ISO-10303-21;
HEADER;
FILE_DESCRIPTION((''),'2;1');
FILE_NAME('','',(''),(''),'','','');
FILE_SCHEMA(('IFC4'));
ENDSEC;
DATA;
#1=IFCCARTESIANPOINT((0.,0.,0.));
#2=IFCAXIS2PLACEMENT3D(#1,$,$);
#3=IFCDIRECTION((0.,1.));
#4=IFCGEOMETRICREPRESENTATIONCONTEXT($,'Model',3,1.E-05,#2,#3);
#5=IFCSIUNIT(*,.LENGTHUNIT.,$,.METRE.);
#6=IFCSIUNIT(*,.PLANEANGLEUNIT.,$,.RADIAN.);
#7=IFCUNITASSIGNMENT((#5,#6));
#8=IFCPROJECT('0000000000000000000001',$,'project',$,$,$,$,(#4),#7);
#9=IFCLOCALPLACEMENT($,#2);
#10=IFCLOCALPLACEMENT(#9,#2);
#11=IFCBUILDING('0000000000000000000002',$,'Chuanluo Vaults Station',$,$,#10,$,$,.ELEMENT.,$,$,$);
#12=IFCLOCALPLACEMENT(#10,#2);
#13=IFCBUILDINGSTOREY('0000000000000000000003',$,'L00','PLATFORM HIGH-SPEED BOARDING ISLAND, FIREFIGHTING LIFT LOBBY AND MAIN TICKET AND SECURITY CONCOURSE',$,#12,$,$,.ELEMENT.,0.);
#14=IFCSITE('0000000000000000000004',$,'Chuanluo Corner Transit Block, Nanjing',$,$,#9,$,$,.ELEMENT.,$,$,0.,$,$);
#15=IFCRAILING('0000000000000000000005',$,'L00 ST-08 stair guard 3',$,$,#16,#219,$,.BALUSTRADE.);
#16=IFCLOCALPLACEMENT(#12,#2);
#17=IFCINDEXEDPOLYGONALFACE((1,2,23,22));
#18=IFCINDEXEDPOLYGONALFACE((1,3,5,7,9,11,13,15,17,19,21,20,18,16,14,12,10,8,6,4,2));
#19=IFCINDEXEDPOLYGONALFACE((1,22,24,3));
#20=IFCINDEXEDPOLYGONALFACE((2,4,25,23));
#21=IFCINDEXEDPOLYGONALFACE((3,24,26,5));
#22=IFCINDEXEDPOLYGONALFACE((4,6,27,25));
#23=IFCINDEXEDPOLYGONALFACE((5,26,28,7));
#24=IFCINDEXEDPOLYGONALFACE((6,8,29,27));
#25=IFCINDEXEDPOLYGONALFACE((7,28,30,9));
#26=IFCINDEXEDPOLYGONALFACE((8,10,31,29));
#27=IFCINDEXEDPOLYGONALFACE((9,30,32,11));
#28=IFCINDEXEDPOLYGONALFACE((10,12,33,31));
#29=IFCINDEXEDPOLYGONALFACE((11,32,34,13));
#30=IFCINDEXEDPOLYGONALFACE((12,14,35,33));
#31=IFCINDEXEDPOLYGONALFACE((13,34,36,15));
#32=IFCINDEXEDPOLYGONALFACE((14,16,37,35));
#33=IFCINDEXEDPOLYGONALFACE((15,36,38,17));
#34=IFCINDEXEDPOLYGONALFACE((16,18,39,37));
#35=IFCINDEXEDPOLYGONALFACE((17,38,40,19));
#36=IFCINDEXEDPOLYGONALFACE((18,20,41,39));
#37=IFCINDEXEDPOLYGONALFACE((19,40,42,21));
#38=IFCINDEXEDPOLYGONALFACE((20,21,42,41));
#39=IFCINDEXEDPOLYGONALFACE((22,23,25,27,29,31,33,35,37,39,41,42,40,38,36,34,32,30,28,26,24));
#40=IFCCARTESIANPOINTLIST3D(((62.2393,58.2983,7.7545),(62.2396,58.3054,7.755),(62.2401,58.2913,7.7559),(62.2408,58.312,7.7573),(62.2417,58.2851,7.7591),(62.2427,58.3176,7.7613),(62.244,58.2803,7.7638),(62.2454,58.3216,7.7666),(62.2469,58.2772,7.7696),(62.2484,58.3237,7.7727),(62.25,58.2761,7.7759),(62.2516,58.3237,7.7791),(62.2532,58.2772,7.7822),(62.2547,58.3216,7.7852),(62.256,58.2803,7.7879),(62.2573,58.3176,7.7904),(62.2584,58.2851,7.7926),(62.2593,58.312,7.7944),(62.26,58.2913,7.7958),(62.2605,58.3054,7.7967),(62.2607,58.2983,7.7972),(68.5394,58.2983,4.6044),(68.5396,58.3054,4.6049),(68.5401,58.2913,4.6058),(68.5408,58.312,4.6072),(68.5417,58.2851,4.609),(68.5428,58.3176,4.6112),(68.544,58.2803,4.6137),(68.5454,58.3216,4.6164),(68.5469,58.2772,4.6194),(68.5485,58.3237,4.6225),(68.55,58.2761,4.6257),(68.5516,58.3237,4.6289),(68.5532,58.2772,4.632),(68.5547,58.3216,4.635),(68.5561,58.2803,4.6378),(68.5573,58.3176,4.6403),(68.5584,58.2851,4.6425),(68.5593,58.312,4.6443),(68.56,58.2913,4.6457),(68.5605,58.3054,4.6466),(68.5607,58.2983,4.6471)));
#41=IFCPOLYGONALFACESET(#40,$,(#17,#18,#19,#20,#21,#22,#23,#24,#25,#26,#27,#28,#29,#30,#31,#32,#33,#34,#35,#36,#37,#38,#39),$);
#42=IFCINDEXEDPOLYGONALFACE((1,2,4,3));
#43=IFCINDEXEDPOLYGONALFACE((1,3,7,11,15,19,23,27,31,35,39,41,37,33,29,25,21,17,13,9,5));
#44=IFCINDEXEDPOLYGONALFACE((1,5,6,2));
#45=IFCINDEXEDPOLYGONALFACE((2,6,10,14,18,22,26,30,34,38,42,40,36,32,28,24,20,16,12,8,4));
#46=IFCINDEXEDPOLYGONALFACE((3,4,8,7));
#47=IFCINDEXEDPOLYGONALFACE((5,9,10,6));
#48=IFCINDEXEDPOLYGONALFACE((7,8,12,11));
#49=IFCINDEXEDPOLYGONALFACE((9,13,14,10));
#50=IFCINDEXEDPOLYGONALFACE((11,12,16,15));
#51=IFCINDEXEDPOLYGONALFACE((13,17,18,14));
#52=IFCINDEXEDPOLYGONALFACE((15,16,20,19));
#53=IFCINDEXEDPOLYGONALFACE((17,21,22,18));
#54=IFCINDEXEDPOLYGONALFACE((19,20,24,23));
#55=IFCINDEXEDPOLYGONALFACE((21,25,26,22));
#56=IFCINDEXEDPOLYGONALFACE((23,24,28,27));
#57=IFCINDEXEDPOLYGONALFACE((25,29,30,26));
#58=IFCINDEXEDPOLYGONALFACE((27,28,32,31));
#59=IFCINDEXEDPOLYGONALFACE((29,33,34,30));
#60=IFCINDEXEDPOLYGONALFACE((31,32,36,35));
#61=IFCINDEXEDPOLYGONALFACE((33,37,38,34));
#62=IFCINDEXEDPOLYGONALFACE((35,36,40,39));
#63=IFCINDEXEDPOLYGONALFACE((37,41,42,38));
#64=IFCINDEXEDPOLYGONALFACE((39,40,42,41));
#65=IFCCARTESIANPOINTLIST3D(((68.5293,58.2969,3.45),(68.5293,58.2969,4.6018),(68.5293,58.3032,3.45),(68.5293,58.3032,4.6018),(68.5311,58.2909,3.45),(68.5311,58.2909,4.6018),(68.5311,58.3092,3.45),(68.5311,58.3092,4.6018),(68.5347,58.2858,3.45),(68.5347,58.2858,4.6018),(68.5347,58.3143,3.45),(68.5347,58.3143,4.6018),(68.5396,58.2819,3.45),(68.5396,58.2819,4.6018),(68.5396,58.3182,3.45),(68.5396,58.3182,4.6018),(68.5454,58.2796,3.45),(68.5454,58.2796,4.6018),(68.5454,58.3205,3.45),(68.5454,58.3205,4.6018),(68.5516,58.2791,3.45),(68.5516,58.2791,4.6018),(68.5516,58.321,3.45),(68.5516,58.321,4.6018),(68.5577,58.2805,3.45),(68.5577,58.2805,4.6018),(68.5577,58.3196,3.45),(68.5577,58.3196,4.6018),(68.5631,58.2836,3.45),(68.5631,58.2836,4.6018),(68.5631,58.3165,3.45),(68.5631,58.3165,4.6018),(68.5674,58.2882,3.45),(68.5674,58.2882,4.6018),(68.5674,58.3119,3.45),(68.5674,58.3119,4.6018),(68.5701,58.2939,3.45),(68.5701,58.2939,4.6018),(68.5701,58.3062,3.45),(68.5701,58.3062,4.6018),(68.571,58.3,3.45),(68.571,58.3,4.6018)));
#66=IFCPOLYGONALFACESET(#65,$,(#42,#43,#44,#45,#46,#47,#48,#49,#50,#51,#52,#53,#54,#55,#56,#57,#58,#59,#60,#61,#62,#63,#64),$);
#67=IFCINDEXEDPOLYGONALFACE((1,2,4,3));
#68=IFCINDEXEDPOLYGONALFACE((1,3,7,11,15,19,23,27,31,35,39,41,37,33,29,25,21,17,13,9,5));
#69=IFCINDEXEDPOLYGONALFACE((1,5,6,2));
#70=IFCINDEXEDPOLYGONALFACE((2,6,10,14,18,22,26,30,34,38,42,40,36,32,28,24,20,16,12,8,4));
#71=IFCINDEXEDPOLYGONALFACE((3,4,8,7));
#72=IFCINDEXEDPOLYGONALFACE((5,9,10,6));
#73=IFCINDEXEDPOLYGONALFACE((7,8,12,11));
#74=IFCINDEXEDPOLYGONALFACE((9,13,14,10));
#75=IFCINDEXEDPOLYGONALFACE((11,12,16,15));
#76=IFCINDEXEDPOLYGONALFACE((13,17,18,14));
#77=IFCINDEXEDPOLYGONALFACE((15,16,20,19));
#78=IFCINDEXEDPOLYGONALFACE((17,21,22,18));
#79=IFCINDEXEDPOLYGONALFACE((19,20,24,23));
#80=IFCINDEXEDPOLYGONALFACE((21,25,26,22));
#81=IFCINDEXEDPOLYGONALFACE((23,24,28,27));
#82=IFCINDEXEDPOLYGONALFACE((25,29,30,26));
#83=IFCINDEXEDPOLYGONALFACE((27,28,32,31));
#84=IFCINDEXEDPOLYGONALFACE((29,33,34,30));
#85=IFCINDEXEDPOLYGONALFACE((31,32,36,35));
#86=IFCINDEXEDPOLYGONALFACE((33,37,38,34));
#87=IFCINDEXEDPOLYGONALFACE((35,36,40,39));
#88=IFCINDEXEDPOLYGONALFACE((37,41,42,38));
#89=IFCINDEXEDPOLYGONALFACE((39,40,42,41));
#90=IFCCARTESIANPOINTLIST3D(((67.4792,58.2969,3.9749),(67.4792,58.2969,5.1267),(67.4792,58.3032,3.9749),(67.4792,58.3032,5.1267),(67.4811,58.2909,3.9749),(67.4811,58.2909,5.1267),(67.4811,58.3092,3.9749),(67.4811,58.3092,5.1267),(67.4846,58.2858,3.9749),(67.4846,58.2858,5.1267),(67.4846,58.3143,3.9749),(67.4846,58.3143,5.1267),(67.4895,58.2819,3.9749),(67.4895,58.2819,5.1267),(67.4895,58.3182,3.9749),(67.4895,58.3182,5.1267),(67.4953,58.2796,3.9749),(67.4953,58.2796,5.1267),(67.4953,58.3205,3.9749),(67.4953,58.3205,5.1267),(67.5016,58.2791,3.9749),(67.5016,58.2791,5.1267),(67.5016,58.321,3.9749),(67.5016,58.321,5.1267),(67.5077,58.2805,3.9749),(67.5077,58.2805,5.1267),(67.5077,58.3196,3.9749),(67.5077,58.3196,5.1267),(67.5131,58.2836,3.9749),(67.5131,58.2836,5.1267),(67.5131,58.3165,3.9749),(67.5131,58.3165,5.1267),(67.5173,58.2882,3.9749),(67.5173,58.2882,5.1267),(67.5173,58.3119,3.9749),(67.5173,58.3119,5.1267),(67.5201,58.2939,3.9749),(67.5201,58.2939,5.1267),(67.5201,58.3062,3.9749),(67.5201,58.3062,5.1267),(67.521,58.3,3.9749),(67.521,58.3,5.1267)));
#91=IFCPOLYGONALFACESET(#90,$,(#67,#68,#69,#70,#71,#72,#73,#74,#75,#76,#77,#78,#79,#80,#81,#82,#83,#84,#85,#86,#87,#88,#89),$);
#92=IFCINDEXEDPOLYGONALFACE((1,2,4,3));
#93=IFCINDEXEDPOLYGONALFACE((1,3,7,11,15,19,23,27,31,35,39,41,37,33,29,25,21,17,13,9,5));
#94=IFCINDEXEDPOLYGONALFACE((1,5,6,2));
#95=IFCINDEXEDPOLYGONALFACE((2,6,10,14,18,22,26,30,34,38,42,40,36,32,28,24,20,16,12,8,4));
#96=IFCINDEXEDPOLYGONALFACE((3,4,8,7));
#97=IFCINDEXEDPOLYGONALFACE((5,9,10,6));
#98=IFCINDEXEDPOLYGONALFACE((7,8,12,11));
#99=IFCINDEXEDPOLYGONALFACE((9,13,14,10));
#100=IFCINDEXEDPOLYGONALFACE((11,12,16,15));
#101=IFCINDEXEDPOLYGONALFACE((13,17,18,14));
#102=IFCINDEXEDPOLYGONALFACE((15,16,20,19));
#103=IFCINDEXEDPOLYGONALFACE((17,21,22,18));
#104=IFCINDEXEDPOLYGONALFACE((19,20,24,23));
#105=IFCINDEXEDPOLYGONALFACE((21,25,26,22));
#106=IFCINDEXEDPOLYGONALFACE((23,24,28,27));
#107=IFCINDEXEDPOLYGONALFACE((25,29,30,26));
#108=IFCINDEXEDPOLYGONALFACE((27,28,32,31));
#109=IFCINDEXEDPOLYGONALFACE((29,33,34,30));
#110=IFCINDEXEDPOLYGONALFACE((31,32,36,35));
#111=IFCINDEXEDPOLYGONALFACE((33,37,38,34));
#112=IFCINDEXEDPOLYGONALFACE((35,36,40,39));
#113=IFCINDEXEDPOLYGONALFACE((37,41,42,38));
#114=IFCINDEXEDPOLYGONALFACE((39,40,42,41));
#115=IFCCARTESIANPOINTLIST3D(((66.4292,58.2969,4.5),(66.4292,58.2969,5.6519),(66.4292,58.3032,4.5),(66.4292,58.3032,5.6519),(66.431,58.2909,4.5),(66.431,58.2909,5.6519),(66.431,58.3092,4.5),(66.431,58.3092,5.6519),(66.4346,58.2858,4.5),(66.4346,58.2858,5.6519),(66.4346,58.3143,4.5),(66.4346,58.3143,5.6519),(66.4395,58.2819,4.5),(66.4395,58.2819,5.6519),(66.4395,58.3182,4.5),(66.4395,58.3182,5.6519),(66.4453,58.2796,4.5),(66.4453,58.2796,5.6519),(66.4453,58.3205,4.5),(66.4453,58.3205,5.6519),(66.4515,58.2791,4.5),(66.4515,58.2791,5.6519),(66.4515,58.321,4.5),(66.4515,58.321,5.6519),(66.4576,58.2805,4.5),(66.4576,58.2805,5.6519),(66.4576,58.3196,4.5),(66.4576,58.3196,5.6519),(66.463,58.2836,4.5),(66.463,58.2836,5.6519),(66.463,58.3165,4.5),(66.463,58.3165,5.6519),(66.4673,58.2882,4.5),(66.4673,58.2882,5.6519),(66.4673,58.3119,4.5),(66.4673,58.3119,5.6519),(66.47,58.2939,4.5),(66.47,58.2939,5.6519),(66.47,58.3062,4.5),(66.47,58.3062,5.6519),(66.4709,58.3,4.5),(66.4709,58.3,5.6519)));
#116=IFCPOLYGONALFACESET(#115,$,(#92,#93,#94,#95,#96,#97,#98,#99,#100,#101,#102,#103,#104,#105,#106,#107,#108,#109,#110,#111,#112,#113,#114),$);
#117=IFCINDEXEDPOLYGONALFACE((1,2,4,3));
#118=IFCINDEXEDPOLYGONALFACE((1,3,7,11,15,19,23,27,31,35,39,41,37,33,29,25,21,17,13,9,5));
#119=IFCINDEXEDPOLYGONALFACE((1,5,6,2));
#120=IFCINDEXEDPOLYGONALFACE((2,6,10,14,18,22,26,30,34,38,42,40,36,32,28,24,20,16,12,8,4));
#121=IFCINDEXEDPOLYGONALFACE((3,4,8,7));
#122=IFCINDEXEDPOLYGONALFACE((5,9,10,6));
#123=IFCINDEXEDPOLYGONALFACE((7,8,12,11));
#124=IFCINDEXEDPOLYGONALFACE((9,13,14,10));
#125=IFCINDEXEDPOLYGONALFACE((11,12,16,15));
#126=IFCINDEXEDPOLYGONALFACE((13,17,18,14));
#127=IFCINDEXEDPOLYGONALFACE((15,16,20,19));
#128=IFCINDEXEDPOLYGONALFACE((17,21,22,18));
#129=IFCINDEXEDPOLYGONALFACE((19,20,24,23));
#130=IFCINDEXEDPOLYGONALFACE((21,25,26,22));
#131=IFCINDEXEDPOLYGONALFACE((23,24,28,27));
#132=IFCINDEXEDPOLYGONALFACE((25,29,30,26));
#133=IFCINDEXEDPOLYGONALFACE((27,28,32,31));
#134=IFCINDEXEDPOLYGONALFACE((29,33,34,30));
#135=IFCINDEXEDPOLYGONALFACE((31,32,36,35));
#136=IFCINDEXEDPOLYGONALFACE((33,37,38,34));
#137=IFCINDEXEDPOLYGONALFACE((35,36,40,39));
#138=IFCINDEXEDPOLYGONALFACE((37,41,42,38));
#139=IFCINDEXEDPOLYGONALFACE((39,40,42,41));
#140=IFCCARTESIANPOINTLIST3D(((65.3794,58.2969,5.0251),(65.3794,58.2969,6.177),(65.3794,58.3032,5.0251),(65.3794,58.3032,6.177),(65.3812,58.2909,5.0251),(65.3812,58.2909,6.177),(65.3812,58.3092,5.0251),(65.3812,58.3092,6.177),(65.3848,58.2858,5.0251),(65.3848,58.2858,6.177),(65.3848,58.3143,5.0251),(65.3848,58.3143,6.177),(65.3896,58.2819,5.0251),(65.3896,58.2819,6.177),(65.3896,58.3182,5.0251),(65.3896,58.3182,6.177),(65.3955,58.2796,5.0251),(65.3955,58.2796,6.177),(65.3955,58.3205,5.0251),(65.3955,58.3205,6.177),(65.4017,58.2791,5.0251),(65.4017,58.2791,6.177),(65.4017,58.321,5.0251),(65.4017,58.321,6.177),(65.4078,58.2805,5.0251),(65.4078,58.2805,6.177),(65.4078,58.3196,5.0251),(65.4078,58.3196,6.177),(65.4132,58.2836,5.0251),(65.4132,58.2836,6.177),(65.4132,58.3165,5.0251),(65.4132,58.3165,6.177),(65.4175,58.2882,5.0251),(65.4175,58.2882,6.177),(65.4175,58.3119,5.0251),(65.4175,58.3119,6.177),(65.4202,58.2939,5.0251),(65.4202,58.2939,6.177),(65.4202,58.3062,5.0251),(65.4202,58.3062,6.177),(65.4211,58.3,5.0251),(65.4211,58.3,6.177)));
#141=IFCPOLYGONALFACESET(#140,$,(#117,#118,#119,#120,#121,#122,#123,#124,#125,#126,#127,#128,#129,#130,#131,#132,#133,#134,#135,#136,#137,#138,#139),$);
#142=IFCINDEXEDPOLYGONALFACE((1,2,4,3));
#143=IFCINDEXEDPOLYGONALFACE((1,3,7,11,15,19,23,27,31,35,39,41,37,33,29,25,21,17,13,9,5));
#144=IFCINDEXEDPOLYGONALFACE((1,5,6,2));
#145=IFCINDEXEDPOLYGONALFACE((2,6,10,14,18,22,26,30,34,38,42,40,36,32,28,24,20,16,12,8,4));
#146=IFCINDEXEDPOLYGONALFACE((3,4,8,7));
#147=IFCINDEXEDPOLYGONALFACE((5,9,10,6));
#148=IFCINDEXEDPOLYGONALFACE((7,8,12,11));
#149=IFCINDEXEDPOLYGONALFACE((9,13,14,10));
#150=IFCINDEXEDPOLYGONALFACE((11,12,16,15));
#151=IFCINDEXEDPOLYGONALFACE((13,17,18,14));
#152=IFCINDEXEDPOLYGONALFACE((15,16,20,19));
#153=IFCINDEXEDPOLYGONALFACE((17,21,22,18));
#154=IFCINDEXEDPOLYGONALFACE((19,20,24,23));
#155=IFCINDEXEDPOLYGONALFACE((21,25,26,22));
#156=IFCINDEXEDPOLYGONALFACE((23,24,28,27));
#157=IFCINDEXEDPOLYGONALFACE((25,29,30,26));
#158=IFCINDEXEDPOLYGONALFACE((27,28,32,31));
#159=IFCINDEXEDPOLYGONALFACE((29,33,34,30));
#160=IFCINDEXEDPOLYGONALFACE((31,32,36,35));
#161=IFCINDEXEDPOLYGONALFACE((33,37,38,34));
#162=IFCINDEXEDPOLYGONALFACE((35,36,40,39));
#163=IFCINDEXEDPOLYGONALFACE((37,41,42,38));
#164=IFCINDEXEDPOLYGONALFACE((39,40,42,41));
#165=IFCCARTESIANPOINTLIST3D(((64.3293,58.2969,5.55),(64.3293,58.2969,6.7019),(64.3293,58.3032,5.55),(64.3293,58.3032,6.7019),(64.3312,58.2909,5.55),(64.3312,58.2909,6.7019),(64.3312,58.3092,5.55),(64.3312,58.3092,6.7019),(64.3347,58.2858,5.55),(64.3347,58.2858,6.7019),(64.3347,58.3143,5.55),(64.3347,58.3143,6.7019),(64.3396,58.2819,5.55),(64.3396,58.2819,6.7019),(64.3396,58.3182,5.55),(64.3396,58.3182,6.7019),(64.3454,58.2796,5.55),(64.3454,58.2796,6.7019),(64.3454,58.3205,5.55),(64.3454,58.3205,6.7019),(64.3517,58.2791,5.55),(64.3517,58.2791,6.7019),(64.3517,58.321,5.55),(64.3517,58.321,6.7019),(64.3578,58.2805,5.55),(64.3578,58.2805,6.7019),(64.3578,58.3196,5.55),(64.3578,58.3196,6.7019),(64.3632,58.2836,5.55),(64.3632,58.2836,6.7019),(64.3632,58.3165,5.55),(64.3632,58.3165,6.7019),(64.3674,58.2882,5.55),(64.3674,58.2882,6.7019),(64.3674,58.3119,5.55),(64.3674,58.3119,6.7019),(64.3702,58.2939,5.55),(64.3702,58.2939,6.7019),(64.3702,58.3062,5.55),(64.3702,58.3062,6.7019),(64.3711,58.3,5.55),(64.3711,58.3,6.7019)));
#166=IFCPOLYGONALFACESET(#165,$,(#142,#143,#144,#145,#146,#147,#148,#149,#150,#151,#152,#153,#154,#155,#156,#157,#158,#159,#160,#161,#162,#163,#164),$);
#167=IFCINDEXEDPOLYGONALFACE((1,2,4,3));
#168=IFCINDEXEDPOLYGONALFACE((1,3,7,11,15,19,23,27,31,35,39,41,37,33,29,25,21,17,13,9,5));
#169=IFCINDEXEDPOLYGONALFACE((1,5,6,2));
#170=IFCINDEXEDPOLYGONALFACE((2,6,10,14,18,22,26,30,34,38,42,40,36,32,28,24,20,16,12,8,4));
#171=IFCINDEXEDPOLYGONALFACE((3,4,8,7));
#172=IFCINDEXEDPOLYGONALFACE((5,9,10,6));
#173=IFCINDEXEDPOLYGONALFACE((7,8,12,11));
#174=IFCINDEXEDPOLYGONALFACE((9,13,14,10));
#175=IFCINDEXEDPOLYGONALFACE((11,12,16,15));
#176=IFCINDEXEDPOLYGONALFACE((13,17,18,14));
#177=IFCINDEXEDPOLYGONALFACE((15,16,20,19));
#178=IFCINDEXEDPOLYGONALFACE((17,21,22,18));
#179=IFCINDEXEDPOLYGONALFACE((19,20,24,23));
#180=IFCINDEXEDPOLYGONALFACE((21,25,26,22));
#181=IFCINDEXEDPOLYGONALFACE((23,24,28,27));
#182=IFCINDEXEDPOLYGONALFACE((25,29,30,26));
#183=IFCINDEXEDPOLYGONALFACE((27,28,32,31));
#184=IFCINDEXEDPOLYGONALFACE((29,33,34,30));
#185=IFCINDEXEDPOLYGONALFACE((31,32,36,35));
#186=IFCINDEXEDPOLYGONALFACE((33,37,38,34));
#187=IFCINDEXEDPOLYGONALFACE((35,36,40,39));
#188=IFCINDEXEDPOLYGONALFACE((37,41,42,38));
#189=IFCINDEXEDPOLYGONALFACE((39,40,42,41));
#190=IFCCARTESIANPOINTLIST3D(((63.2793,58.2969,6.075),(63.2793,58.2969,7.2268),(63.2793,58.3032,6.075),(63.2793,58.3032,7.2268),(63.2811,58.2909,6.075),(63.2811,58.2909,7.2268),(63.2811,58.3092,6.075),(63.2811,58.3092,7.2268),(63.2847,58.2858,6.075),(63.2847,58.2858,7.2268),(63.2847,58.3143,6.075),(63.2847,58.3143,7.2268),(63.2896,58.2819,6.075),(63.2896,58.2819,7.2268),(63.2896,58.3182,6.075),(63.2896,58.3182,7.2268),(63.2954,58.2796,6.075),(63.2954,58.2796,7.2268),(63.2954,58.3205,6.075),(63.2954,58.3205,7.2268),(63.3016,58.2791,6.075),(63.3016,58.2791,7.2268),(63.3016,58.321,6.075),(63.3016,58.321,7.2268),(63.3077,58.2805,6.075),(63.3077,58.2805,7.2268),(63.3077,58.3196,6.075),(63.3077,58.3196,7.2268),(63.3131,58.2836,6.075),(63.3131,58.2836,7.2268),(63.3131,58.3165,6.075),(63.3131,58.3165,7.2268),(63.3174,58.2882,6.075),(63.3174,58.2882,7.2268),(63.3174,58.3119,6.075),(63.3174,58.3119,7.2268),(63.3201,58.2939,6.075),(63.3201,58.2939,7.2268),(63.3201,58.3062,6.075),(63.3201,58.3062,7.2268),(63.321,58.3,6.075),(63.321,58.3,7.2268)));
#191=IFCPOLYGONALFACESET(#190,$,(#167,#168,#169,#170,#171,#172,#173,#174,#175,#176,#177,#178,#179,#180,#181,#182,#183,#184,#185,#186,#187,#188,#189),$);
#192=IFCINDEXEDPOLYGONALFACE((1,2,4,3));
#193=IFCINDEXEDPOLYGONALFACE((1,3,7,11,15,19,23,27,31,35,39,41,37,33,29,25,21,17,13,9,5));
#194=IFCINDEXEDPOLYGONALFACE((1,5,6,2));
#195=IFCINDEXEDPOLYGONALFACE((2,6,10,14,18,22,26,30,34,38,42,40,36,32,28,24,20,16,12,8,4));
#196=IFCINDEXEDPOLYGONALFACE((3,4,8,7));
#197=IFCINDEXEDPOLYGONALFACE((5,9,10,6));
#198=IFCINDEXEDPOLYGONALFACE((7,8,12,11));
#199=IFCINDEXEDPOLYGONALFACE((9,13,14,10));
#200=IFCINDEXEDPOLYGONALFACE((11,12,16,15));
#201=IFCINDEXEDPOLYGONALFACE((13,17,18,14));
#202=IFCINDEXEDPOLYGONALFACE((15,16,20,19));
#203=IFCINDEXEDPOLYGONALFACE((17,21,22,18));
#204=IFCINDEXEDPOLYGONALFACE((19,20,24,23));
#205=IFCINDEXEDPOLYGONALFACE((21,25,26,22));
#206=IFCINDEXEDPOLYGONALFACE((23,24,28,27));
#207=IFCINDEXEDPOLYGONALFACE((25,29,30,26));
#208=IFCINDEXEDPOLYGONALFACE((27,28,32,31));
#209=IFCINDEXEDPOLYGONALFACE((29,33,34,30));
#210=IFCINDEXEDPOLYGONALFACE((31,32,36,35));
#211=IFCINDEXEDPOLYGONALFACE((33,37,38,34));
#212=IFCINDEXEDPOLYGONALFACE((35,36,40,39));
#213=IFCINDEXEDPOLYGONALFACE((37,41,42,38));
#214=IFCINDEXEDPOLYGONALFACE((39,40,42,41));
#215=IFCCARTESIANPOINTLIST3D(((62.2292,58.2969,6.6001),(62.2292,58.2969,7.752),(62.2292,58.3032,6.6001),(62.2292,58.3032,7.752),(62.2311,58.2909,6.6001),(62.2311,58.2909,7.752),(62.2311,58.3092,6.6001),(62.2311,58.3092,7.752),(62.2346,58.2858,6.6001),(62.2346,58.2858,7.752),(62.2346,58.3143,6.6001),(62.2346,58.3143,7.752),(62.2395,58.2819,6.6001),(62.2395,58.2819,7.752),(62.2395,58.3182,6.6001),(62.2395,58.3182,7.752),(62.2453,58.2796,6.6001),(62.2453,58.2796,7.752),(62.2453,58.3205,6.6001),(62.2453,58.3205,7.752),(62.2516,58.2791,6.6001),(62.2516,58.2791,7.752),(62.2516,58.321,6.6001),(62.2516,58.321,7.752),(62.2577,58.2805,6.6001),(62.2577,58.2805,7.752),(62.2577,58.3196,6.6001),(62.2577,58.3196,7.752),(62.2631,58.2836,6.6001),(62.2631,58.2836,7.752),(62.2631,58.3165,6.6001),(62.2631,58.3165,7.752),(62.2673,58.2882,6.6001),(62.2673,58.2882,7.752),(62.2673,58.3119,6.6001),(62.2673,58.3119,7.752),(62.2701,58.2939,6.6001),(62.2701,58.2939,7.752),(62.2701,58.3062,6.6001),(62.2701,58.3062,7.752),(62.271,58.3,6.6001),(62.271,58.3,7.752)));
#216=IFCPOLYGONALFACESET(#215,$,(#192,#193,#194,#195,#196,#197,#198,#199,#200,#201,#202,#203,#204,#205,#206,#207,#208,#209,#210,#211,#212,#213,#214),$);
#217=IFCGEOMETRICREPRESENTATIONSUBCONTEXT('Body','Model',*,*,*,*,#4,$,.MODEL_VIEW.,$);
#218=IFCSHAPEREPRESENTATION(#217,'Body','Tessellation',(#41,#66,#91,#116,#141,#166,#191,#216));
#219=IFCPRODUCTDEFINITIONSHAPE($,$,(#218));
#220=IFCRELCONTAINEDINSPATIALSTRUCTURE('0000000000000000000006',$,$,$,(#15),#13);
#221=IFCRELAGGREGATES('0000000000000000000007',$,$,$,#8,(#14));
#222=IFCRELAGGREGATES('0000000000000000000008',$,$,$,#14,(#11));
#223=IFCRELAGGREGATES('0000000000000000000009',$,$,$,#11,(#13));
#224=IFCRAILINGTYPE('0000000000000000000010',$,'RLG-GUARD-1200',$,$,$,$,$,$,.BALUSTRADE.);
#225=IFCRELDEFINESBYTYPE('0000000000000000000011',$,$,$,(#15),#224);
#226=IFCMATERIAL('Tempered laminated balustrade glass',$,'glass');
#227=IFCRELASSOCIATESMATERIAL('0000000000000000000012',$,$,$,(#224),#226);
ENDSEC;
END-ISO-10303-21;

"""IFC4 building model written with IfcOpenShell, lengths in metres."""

from ifc_helpers import new_model, si_unit, direction, frame, origin, origin_2d, place, context, subcontext, project, spatial, circle, extrude, material, type_object, element, save


model = new_model("IFC4")

# Units and contexts
model_context = context("Model", 3, precision=1e-05, world=origin(), true_north=direction((0.0, 1.0)))
body_context = subcontext(model_context, "Body", "Model", "MODEL_VIEW")
ifc_project = project(units=[si_unit("LENGTHUNIT", "METRE"), si_unit("PLANEANGLEUNIT", "RADIAN")], contexts=[model_context])

# Site, building, storey
site_placement = place(None, origin())
site = spatial("IfcSite", under=ifc_project, at=site_placement, Name="Chuanluo Corner Transit Block, Nanjing", CompositionType="ELEMENT", RefElevation=0.0)
building_placement = place(site_placement, origin())
building = spatial("IfcBuilding", under=site, at=building_placement, Name="Chuanluo Vaults Station", CompositionType="ELEMENT")
storey_placement = place(building_placement, origin())
storey = spatial("IfcBuildingStorey", under=building, at=storey_placement, Name="L00", Description="PLATFORM HIGH-SPEED BOARDING ISLAND, FIREFIGHTING LIFT LOBBY AND MAIN TICKET AND SECURITY CONCOURSE", CompositionType="ELEMENT", Elevation=0.0)

# Railing
ifc_material_1 = material(Name="Tempered laminated balustrade glass", Category="glass")
railing_type_1 = type_object("IfcRailingType", Name="RLG-GUARD-1200", PredefinedType="BALUSTRADE", material=ifc_material_1)
railing_1_placement = place(storey_placement, frame((68.55, 58.3, 3.45)))
element("IfcRailing", 1, at=railing_1_placement, inside=storey, type_object=railing_type_1, Name="L00 ST-08 stair guard 3", PredefinedType="BALUSTRADE", context=body_context, shape_type="SweptSolid", body=[
    extrude(circle(Radius=0.0239, at=origin_2d()), frame((0.0, 0.0, 1.1758), z_axis=(-0.89442, 0.0, 0.447227), x_axis=(0.0, -1.0, 0.0)), (0.0, 0.0, 1.0), 7.0437),
    extrude(circle(Radius=0.021, at=origin_2d()), origin(), (0.0, 0.0, 1.0), 1.1519),
    extrude(circle(Radius=0.021, at=origin_2d()), frame((-1.05, 0.0, 0.5249)), (0.0, 0.0, 1.0), 1.1519),
    extrude(circle(Radius=0.021, at=origin_2d()), frame((-2.1001, 0.0, 1.05)), (0.0, 0.0, 1.0), 1.1519),
    extrude(circle(Radius=0.021, at=origin_2d()), frame((-3.1499, 0.0, 1.5752)), (0.0, 0.0, 1.0), 1.1519),
    extrude(circle(Radius=0.021, at=origin_2d()), frame((-4.2, 0.0, 2.1001)), (0.0, 0.0, 1.0), 1.1519),
    extrude(circle(Radius=0.021, at=origin_2d()), frame((-5.25, 0.0, 2.625)), (0.0, 0.0, 1.0), 1.1519),
    extrude(circle(Radius=0.021, at=origin_2d()), frame((-6.3, 0.0, 3.1501)), (0.0, 0.0, 1.0), 1.1519),
])

save(model, "model.ifc")
